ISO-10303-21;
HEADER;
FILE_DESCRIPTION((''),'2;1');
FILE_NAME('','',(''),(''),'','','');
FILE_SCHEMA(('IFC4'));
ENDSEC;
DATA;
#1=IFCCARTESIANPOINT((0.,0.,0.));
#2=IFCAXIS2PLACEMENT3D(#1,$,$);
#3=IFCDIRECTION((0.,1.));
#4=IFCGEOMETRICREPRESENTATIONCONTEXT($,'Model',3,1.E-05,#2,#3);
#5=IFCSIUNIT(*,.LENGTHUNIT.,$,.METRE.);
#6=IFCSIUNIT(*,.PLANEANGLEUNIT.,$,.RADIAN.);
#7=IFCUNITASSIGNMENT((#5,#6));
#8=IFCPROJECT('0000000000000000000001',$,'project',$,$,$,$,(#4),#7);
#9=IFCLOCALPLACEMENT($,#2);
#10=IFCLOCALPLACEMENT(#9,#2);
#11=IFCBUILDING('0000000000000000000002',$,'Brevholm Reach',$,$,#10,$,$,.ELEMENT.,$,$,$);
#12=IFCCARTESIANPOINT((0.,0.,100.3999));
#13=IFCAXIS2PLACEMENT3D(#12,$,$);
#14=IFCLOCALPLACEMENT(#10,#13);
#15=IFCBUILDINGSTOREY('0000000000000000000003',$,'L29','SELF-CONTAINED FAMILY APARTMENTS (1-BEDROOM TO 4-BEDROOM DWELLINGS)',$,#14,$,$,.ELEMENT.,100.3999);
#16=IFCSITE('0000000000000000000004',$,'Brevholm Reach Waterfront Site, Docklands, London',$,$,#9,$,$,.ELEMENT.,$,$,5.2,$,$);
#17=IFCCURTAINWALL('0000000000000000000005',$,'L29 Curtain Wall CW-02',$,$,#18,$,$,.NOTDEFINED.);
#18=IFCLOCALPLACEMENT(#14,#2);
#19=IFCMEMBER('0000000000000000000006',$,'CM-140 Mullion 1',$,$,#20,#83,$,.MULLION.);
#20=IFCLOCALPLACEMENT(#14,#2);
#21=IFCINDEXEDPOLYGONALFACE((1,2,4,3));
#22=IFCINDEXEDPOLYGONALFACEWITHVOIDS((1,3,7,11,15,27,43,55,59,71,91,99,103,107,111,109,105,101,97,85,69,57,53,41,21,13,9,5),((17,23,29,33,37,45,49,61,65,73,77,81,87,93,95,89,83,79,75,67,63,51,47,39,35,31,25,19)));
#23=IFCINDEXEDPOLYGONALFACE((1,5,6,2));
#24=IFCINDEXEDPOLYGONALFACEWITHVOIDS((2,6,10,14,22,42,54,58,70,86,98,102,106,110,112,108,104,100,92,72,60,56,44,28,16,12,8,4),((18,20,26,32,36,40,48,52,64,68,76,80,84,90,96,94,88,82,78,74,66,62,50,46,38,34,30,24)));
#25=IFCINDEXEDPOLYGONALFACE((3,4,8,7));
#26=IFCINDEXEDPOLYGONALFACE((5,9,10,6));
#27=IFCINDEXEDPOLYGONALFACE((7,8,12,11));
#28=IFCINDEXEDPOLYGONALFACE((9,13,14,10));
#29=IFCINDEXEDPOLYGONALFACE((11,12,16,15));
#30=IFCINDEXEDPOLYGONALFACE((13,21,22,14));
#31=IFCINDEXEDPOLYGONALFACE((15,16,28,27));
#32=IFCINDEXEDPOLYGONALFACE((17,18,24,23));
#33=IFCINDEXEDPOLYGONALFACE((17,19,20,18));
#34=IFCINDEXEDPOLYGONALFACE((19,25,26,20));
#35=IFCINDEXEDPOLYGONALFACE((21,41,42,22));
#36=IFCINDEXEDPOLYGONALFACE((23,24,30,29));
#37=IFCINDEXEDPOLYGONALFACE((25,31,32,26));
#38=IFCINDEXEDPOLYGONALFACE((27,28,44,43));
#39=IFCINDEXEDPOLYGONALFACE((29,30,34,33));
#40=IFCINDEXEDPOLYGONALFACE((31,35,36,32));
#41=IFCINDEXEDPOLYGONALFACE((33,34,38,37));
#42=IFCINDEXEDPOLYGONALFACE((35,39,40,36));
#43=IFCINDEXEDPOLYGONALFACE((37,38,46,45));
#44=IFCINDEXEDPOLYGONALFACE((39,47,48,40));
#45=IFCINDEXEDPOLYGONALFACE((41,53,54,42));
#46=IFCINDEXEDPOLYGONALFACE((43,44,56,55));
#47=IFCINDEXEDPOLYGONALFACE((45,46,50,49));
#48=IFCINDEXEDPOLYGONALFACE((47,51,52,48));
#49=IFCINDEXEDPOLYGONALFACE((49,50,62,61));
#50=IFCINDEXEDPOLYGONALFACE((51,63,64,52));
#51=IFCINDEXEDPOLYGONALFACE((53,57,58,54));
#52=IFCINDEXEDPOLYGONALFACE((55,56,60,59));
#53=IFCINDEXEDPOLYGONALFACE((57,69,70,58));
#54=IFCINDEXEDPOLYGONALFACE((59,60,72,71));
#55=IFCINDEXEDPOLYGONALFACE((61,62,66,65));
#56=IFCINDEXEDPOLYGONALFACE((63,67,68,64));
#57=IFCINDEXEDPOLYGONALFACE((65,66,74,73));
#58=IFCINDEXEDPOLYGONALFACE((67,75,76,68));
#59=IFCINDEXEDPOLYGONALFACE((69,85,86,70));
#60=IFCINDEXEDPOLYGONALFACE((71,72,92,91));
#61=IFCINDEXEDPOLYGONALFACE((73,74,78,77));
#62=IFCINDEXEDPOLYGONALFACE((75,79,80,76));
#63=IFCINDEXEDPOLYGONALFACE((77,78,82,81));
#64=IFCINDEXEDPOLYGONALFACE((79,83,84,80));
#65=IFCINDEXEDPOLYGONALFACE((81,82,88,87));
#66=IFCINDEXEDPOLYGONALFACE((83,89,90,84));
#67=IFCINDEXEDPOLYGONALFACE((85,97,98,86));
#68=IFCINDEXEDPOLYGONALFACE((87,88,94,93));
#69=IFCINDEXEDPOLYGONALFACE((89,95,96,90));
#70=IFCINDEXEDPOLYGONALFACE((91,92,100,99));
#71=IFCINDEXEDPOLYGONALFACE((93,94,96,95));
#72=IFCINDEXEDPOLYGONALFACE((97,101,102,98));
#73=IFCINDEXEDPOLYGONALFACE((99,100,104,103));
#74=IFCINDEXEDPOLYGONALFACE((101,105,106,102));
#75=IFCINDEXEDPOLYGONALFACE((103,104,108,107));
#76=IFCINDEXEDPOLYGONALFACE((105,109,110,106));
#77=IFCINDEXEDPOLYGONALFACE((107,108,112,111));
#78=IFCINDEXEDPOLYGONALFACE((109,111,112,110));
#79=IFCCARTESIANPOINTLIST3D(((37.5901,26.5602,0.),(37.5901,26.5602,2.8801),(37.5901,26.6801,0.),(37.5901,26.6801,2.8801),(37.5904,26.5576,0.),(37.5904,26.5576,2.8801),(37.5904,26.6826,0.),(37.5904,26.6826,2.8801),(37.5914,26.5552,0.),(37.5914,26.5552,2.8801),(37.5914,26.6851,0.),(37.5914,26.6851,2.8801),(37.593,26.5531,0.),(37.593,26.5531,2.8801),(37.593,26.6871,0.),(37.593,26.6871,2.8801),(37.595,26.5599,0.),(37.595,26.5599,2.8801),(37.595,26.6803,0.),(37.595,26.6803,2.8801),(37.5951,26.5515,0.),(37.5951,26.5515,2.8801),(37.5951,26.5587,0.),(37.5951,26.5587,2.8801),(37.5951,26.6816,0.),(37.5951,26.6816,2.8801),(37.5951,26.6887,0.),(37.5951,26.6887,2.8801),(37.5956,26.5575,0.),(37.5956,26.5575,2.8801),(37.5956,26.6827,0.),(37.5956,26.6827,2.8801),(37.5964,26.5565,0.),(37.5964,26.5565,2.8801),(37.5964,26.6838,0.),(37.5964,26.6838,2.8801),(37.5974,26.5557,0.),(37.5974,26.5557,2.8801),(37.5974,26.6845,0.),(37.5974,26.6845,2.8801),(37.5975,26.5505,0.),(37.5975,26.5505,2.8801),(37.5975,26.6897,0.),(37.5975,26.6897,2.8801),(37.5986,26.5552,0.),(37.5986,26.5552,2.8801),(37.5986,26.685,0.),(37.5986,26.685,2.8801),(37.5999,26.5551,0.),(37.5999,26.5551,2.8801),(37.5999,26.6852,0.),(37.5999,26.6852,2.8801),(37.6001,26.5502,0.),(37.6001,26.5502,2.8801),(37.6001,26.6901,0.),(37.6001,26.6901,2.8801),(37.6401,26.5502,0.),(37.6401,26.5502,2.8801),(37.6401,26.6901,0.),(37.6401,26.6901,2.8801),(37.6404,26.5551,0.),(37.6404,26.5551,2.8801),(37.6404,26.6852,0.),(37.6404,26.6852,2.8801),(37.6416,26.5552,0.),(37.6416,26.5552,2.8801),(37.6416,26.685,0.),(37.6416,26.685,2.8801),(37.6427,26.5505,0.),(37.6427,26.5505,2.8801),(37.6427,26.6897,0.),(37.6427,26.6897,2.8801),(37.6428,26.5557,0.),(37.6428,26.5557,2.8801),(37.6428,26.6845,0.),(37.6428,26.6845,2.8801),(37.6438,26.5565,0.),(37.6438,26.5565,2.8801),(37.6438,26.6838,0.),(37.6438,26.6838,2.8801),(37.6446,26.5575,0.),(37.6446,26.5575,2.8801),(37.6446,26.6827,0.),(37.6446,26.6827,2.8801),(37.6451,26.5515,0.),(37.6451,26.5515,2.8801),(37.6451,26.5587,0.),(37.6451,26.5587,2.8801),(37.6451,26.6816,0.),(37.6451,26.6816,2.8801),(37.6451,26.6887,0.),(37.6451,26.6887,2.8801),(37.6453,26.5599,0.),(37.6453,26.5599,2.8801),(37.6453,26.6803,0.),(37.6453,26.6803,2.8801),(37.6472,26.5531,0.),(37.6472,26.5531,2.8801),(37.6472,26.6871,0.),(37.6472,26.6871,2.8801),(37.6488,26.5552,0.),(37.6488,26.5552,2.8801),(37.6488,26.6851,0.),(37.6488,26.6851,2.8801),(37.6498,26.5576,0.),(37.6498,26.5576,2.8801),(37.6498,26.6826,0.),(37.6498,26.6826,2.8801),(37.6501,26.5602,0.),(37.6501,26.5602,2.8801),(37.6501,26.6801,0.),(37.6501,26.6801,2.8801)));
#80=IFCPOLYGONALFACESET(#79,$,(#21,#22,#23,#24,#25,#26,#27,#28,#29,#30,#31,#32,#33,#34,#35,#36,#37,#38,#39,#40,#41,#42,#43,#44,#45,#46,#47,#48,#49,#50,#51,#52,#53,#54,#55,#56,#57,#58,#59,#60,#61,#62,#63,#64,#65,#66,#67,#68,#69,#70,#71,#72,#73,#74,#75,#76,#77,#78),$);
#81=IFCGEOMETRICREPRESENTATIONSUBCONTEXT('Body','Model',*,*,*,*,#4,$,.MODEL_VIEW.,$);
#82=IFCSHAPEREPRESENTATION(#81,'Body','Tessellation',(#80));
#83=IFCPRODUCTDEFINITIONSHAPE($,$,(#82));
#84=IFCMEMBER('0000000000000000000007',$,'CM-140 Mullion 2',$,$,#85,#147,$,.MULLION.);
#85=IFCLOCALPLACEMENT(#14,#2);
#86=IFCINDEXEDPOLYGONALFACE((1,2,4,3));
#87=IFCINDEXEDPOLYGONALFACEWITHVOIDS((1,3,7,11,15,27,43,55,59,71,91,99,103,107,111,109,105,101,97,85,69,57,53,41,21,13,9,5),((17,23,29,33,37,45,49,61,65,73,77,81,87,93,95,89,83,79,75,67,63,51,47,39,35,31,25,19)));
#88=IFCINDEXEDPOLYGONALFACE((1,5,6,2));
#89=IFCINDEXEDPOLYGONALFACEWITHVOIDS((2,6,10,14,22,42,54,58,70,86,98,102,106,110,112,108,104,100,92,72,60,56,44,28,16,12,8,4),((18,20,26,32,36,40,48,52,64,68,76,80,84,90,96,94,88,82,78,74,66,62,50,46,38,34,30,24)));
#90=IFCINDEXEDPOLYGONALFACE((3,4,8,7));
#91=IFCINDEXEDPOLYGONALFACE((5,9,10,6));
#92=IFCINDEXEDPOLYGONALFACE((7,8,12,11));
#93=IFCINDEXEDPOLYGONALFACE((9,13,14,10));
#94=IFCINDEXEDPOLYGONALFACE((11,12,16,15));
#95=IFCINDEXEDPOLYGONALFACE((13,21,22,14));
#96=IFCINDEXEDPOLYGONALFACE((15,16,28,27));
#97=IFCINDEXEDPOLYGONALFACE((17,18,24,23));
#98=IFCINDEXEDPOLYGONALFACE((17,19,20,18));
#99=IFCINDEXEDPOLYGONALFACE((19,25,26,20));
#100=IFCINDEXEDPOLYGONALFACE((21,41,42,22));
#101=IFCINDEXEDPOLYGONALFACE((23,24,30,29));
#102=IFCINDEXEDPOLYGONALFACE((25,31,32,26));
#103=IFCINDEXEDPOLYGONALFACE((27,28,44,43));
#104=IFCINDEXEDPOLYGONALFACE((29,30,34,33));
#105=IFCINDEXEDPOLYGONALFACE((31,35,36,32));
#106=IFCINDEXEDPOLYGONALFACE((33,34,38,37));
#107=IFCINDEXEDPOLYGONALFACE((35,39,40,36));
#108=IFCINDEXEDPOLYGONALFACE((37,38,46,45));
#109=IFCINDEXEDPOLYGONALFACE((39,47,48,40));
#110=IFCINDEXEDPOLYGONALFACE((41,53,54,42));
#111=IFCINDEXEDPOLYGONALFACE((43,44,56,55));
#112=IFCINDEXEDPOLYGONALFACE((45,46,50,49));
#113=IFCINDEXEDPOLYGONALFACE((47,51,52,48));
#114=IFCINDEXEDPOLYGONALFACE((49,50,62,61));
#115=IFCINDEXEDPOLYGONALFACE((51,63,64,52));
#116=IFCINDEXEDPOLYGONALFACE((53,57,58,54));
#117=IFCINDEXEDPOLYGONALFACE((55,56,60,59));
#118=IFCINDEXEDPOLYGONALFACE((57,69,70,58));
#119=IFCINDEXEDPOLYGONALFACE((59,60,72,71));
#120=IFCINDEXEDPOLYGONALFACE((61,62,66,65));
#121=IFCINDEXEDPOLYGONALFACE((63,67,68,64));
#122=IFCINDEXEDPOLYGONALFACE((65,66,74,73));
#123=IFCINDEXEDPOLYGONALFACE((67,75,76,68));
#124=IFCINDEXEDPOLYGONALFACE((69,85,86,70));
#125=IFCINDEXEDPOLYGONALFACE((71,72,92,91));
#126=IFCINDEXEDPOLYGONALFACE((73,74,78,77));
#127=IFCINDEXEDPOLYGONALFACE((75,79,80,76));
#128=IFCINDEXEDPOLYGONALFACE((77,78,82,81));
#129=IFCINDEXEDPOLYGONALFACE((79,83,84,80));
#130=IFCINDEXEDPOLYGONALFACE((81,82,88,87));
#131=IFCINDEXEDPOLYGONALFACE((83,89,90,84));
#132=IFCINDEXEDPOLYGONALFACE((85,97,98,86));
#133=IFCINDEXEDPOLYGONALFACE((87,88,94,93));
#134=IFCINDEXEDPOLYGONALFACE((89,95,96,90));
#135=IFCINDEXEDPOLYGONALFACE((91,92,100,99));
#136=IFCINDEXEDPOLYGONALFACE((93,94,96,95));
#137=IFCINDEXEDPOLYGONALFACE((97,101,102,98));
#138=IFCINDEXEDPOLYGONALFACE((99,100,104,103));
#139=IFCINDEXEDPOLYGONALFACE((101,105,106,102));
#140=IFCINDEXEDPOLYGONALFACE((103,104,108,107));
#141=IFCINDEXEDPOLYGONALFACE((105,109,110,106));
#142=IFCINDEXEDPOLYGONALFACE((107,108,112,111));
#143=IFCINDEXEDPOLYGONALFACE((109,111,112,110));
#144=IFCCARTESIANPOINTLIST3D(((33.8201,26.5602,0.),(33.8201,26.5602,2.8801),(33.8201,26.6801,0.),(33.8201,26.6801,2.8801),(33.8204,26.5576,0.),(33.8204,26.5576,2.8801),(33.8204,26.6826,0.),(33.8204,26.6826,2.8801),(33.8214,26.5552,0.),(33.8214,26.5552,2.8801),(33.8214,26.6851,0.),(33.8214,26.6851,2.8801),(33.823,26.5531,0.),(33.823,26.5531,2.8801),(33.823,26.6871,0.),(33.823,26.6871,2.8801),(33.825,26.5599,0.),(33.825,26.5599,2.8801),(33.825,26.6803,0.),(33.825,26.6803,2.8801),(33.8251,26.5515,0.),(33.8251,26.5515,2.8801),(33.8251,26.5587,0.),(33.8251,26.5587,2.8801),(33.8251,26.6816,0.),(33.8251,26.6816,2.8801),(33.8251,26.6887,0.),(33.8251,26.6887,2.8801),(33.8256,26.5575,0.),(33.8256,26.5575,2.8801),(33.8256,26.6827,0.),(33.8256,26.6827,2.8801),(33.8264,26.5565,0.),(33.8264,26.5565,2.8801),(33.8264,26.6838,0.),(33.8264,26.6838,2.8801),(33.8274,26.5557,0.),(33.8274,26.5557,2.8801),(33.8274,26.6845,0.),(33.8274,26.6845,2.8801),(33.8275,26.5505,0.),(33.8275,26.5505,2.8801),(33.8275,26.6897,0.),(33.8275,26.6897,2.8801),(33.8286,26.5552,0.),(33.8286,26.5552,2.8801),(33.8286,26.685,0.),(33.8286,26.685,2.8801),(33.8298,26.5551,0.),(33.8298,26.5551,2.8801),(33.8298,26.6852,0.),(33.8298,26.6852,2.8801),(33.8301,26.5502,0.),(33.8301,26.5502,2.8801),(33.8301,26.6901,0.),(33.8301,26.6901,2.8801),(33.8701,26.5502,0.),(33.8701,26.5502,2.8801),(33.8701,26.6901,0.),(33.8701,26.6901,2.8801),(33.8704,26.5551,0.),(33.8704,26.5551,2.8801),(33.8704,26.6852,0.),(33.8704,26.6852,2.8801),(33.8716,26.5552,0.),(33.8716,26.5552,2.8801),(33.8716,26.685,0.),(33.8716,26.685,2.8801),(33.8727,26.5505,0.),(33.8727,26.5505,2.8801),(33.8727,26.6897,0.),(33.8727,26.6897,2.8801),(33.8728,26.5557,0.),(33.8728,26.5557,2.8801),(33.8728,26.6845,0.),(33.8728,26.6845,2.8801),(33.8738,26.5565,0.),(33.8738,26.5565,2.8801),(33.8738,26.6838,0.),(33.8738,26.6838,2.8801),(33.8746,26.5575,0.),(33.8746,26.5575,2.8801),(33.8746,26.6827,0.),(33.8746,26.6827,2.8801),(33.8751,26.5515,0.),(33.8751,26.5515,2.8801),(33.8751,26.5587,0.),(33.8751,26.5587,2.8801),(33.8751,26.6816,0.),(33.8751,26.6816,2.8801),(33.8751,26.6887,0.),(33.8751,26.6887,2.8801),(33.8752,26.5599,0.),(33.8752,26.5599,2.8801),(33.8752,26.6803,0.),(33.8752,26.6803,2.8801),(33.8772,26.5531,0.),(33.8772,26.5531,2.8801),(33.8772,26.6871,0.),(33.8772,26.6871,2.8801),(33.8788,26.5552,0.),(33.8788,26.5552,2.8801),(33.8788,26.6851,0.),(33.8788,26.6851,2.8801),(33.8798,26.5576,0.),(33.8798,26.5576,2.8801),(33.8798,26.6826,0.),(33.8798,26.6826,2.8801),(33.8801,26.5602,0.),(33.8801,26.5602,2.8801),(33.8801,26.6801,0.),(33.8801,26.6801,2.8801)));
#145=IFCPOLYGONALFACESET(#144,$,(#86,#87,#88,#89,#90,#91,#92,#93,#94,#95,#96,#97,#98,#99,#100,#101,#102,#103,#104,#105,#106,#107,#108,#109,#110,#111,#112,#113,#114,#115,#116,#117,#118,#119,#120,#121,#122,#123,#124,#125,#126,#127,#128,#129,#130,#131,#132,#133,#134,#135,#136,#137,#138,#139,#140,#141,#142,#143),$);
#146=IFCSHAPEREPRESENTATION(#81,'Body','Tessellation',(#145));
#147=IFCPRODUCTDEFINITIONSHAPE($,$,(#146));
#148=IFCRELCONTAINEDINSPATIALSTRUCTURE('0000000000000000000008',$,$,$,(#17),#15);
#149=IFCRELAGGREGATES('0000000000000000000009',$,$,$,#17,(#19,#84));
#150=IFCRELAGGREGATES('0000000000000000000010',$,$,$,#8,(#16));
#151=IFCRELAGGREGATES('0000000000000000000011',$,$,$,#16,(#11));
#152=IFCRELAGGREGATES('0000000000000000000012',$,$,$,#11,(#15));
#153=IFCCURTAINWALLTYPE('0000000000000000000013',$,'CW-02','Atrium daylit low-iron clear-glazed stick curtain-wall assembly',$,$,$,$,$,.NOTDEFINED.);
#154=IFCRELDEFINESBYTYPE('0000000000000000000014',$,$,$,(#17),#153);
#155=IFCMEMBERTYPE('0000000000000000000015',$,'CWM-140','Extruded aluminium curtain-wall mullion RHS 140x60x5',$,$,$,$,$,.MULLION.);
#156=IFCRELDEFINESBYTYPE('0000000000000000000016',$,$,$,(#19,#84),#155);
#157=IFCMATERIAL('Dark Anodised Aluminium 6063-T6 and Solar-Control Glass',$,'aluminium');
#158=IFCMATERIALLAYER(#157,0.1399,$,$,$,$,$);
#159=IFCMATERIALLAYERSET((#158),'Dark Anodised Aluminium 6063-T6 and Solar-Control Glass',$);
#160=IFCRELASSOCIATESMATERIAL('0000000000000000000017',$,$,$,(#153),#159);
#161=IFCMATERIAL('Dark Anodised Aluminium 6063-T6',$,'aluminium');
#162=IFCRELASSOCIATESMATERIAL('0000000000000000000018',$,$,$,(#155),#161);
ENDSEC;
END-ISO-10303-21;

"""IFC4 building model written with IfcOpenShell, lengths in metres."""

from ifc_helpers import new_model, si_unit, direction, frame, origin, origin_2d, place, context, subcontext, project, spatial, hollow_rectangle, extrude, material, layer, layer_set, material_profile, profile_set, type_object, element, aggregate, save


model = new_model("IFC4")

# Units and contexts
model_context = context("Model", 3, precision=1e-05, world=origin(), true_north=direction((0.0, 1.0)))
body_context = subcontext(model_context, "Body", "Model", "MODEL_VIEW")
ifc_project = project(units=[si_unit("LENGTHUNIT", "METRE"), si_unit("PLANEANGLEUNIT", "RADIAN")], contexts=[model_context])

# Site, building, storey
site_placement = place(None, origin())
site = spatial("IfcSite", under=ifc_project, at=site_placement, Name="Brevholm Reach Waterfront Site, Docklands, London", CompositionType="ELEMENT", RefElevation=5.2)
building_placement = place(site_placement, origin())
building = spatial("IfcBuilding", under=site, at=building_placement, Name="Brevholm Reach", CompositionType="ELEMENT")
storey_placement = place(building_placement, frame((0.0, 0.0, 100.3999)))
storey = spatial("IfcBuildingStorey", under=building, at=storey_placement, Name="L29", Description="SELF-CONTAINED FAMILY APARTMENTS (1-BEDROOM TO 4-BEDROOM DWELLINGS)", CompositionType="ELEMENT", Elevation=100.3999)

# Curtain wall, members
ifc_material_1 = material(Name="Dark Anodised Aluminium 6063-T6 and Solar-Control Glass", Category="aluminium")
ifc_layer_1 = layer(ifc_material_1, 0.1399)
ifc_layer_set_1 = layer_set([ifc_layer_1], Name="Dark Anodised Aluminium 6063-T6 and Solar-Control Glass")
curtain_wall_type_1 = type_object("IfcCurtainWallType", Name="CW-02", Description="Atrium daylit low-iron clear-glazed stick curtain-wall assembly", PredefinedType="NOTDEFINED", material=ifc_layer_set_1)
curtain_wall_1_placement = place(storey_placement, origin())
curtain_wall_1 = element("IfcCurtainWall", 1, at=curtain_wall_1_placement, inside=storey, type_object=curtain_wall_type_1, Name="L29 Curtain Wall CW-02", PredefinedType="NOTDEFINED")
ifc_material_2 = material(Name="Dark Anodised Aluminium 6063-T6", Category="aluminium")
ifc_material_profile_1 = material_profile(ifc_material_2, hollow_rectangle(XDim=0.0601, YDim=0.1399, WallThickness=0.0049, InnerFilletRadius=0.0049, OuterFilletRadius=0.01, at=origin_2d()), Name="RHS 140x60x5")
ifc_profile_set_1 = profile_set([ifc_material_profile_1], Name="Dark Anodised Aluminium 6063-T6")
member_type_1 = type_object("IfcMemberType", Name="CWM-140", Description="Extruded aluminium curtain-wall mullion RHS 140x60x5", PredefinedType="MULLION", material=ifc_profile_set_1)
member_1_placement = place(storey_placement, frame((37.6201, 26.6201, 0.0), z_axis=(0.0, 0.0, 1.0), x_axis=(-1.0, 0.0, 0.0)))
member_1 = element("IfcMember", 2, at=member_1_placement, type_object=member_type_1, Name="CM-140 Mullion 1", PredefinedType="MULLION", context=body_context, shape_type="SweptSolid", body=[
    extrude(hollow_rectangle(XDim=0.0601, YDim=0.1399, WallThickness=0.0049, InnerFilletRadius=0.0049, OuterFilletRadius=0.01, at=origin_2d()), origin(), (0.0, 0.0, 1.0), 2.8801),
])
member_2_placement = place(storey_placement, frame((33.8501, 26.6201, 0.0), z_axis=(0.0, 0.0, 1.0), x_axis=(-1.0, 0.0, 0.0)))
member_2 = element("IfcMember", 3, at=member_2_placement, type_object=member_type_1, Name="CM-140 Mullion 2", PredefinedType="MULLION", context=body_context, shape_type="SweptSolid", body=[
    extrude(hollow_rectangle(XDim=0.0601, YDim=0.1399, WallThickness=0.0049, InnerFilletRadius=0.0049, OuterFilletRadius=0.01, at=origin_2d()), origin(), (0.0, 0.0, 1.0), 2.8801),
])

aggregate(curtain_wall_1, [member_1, member_2])

save(model, "model.ifc")
